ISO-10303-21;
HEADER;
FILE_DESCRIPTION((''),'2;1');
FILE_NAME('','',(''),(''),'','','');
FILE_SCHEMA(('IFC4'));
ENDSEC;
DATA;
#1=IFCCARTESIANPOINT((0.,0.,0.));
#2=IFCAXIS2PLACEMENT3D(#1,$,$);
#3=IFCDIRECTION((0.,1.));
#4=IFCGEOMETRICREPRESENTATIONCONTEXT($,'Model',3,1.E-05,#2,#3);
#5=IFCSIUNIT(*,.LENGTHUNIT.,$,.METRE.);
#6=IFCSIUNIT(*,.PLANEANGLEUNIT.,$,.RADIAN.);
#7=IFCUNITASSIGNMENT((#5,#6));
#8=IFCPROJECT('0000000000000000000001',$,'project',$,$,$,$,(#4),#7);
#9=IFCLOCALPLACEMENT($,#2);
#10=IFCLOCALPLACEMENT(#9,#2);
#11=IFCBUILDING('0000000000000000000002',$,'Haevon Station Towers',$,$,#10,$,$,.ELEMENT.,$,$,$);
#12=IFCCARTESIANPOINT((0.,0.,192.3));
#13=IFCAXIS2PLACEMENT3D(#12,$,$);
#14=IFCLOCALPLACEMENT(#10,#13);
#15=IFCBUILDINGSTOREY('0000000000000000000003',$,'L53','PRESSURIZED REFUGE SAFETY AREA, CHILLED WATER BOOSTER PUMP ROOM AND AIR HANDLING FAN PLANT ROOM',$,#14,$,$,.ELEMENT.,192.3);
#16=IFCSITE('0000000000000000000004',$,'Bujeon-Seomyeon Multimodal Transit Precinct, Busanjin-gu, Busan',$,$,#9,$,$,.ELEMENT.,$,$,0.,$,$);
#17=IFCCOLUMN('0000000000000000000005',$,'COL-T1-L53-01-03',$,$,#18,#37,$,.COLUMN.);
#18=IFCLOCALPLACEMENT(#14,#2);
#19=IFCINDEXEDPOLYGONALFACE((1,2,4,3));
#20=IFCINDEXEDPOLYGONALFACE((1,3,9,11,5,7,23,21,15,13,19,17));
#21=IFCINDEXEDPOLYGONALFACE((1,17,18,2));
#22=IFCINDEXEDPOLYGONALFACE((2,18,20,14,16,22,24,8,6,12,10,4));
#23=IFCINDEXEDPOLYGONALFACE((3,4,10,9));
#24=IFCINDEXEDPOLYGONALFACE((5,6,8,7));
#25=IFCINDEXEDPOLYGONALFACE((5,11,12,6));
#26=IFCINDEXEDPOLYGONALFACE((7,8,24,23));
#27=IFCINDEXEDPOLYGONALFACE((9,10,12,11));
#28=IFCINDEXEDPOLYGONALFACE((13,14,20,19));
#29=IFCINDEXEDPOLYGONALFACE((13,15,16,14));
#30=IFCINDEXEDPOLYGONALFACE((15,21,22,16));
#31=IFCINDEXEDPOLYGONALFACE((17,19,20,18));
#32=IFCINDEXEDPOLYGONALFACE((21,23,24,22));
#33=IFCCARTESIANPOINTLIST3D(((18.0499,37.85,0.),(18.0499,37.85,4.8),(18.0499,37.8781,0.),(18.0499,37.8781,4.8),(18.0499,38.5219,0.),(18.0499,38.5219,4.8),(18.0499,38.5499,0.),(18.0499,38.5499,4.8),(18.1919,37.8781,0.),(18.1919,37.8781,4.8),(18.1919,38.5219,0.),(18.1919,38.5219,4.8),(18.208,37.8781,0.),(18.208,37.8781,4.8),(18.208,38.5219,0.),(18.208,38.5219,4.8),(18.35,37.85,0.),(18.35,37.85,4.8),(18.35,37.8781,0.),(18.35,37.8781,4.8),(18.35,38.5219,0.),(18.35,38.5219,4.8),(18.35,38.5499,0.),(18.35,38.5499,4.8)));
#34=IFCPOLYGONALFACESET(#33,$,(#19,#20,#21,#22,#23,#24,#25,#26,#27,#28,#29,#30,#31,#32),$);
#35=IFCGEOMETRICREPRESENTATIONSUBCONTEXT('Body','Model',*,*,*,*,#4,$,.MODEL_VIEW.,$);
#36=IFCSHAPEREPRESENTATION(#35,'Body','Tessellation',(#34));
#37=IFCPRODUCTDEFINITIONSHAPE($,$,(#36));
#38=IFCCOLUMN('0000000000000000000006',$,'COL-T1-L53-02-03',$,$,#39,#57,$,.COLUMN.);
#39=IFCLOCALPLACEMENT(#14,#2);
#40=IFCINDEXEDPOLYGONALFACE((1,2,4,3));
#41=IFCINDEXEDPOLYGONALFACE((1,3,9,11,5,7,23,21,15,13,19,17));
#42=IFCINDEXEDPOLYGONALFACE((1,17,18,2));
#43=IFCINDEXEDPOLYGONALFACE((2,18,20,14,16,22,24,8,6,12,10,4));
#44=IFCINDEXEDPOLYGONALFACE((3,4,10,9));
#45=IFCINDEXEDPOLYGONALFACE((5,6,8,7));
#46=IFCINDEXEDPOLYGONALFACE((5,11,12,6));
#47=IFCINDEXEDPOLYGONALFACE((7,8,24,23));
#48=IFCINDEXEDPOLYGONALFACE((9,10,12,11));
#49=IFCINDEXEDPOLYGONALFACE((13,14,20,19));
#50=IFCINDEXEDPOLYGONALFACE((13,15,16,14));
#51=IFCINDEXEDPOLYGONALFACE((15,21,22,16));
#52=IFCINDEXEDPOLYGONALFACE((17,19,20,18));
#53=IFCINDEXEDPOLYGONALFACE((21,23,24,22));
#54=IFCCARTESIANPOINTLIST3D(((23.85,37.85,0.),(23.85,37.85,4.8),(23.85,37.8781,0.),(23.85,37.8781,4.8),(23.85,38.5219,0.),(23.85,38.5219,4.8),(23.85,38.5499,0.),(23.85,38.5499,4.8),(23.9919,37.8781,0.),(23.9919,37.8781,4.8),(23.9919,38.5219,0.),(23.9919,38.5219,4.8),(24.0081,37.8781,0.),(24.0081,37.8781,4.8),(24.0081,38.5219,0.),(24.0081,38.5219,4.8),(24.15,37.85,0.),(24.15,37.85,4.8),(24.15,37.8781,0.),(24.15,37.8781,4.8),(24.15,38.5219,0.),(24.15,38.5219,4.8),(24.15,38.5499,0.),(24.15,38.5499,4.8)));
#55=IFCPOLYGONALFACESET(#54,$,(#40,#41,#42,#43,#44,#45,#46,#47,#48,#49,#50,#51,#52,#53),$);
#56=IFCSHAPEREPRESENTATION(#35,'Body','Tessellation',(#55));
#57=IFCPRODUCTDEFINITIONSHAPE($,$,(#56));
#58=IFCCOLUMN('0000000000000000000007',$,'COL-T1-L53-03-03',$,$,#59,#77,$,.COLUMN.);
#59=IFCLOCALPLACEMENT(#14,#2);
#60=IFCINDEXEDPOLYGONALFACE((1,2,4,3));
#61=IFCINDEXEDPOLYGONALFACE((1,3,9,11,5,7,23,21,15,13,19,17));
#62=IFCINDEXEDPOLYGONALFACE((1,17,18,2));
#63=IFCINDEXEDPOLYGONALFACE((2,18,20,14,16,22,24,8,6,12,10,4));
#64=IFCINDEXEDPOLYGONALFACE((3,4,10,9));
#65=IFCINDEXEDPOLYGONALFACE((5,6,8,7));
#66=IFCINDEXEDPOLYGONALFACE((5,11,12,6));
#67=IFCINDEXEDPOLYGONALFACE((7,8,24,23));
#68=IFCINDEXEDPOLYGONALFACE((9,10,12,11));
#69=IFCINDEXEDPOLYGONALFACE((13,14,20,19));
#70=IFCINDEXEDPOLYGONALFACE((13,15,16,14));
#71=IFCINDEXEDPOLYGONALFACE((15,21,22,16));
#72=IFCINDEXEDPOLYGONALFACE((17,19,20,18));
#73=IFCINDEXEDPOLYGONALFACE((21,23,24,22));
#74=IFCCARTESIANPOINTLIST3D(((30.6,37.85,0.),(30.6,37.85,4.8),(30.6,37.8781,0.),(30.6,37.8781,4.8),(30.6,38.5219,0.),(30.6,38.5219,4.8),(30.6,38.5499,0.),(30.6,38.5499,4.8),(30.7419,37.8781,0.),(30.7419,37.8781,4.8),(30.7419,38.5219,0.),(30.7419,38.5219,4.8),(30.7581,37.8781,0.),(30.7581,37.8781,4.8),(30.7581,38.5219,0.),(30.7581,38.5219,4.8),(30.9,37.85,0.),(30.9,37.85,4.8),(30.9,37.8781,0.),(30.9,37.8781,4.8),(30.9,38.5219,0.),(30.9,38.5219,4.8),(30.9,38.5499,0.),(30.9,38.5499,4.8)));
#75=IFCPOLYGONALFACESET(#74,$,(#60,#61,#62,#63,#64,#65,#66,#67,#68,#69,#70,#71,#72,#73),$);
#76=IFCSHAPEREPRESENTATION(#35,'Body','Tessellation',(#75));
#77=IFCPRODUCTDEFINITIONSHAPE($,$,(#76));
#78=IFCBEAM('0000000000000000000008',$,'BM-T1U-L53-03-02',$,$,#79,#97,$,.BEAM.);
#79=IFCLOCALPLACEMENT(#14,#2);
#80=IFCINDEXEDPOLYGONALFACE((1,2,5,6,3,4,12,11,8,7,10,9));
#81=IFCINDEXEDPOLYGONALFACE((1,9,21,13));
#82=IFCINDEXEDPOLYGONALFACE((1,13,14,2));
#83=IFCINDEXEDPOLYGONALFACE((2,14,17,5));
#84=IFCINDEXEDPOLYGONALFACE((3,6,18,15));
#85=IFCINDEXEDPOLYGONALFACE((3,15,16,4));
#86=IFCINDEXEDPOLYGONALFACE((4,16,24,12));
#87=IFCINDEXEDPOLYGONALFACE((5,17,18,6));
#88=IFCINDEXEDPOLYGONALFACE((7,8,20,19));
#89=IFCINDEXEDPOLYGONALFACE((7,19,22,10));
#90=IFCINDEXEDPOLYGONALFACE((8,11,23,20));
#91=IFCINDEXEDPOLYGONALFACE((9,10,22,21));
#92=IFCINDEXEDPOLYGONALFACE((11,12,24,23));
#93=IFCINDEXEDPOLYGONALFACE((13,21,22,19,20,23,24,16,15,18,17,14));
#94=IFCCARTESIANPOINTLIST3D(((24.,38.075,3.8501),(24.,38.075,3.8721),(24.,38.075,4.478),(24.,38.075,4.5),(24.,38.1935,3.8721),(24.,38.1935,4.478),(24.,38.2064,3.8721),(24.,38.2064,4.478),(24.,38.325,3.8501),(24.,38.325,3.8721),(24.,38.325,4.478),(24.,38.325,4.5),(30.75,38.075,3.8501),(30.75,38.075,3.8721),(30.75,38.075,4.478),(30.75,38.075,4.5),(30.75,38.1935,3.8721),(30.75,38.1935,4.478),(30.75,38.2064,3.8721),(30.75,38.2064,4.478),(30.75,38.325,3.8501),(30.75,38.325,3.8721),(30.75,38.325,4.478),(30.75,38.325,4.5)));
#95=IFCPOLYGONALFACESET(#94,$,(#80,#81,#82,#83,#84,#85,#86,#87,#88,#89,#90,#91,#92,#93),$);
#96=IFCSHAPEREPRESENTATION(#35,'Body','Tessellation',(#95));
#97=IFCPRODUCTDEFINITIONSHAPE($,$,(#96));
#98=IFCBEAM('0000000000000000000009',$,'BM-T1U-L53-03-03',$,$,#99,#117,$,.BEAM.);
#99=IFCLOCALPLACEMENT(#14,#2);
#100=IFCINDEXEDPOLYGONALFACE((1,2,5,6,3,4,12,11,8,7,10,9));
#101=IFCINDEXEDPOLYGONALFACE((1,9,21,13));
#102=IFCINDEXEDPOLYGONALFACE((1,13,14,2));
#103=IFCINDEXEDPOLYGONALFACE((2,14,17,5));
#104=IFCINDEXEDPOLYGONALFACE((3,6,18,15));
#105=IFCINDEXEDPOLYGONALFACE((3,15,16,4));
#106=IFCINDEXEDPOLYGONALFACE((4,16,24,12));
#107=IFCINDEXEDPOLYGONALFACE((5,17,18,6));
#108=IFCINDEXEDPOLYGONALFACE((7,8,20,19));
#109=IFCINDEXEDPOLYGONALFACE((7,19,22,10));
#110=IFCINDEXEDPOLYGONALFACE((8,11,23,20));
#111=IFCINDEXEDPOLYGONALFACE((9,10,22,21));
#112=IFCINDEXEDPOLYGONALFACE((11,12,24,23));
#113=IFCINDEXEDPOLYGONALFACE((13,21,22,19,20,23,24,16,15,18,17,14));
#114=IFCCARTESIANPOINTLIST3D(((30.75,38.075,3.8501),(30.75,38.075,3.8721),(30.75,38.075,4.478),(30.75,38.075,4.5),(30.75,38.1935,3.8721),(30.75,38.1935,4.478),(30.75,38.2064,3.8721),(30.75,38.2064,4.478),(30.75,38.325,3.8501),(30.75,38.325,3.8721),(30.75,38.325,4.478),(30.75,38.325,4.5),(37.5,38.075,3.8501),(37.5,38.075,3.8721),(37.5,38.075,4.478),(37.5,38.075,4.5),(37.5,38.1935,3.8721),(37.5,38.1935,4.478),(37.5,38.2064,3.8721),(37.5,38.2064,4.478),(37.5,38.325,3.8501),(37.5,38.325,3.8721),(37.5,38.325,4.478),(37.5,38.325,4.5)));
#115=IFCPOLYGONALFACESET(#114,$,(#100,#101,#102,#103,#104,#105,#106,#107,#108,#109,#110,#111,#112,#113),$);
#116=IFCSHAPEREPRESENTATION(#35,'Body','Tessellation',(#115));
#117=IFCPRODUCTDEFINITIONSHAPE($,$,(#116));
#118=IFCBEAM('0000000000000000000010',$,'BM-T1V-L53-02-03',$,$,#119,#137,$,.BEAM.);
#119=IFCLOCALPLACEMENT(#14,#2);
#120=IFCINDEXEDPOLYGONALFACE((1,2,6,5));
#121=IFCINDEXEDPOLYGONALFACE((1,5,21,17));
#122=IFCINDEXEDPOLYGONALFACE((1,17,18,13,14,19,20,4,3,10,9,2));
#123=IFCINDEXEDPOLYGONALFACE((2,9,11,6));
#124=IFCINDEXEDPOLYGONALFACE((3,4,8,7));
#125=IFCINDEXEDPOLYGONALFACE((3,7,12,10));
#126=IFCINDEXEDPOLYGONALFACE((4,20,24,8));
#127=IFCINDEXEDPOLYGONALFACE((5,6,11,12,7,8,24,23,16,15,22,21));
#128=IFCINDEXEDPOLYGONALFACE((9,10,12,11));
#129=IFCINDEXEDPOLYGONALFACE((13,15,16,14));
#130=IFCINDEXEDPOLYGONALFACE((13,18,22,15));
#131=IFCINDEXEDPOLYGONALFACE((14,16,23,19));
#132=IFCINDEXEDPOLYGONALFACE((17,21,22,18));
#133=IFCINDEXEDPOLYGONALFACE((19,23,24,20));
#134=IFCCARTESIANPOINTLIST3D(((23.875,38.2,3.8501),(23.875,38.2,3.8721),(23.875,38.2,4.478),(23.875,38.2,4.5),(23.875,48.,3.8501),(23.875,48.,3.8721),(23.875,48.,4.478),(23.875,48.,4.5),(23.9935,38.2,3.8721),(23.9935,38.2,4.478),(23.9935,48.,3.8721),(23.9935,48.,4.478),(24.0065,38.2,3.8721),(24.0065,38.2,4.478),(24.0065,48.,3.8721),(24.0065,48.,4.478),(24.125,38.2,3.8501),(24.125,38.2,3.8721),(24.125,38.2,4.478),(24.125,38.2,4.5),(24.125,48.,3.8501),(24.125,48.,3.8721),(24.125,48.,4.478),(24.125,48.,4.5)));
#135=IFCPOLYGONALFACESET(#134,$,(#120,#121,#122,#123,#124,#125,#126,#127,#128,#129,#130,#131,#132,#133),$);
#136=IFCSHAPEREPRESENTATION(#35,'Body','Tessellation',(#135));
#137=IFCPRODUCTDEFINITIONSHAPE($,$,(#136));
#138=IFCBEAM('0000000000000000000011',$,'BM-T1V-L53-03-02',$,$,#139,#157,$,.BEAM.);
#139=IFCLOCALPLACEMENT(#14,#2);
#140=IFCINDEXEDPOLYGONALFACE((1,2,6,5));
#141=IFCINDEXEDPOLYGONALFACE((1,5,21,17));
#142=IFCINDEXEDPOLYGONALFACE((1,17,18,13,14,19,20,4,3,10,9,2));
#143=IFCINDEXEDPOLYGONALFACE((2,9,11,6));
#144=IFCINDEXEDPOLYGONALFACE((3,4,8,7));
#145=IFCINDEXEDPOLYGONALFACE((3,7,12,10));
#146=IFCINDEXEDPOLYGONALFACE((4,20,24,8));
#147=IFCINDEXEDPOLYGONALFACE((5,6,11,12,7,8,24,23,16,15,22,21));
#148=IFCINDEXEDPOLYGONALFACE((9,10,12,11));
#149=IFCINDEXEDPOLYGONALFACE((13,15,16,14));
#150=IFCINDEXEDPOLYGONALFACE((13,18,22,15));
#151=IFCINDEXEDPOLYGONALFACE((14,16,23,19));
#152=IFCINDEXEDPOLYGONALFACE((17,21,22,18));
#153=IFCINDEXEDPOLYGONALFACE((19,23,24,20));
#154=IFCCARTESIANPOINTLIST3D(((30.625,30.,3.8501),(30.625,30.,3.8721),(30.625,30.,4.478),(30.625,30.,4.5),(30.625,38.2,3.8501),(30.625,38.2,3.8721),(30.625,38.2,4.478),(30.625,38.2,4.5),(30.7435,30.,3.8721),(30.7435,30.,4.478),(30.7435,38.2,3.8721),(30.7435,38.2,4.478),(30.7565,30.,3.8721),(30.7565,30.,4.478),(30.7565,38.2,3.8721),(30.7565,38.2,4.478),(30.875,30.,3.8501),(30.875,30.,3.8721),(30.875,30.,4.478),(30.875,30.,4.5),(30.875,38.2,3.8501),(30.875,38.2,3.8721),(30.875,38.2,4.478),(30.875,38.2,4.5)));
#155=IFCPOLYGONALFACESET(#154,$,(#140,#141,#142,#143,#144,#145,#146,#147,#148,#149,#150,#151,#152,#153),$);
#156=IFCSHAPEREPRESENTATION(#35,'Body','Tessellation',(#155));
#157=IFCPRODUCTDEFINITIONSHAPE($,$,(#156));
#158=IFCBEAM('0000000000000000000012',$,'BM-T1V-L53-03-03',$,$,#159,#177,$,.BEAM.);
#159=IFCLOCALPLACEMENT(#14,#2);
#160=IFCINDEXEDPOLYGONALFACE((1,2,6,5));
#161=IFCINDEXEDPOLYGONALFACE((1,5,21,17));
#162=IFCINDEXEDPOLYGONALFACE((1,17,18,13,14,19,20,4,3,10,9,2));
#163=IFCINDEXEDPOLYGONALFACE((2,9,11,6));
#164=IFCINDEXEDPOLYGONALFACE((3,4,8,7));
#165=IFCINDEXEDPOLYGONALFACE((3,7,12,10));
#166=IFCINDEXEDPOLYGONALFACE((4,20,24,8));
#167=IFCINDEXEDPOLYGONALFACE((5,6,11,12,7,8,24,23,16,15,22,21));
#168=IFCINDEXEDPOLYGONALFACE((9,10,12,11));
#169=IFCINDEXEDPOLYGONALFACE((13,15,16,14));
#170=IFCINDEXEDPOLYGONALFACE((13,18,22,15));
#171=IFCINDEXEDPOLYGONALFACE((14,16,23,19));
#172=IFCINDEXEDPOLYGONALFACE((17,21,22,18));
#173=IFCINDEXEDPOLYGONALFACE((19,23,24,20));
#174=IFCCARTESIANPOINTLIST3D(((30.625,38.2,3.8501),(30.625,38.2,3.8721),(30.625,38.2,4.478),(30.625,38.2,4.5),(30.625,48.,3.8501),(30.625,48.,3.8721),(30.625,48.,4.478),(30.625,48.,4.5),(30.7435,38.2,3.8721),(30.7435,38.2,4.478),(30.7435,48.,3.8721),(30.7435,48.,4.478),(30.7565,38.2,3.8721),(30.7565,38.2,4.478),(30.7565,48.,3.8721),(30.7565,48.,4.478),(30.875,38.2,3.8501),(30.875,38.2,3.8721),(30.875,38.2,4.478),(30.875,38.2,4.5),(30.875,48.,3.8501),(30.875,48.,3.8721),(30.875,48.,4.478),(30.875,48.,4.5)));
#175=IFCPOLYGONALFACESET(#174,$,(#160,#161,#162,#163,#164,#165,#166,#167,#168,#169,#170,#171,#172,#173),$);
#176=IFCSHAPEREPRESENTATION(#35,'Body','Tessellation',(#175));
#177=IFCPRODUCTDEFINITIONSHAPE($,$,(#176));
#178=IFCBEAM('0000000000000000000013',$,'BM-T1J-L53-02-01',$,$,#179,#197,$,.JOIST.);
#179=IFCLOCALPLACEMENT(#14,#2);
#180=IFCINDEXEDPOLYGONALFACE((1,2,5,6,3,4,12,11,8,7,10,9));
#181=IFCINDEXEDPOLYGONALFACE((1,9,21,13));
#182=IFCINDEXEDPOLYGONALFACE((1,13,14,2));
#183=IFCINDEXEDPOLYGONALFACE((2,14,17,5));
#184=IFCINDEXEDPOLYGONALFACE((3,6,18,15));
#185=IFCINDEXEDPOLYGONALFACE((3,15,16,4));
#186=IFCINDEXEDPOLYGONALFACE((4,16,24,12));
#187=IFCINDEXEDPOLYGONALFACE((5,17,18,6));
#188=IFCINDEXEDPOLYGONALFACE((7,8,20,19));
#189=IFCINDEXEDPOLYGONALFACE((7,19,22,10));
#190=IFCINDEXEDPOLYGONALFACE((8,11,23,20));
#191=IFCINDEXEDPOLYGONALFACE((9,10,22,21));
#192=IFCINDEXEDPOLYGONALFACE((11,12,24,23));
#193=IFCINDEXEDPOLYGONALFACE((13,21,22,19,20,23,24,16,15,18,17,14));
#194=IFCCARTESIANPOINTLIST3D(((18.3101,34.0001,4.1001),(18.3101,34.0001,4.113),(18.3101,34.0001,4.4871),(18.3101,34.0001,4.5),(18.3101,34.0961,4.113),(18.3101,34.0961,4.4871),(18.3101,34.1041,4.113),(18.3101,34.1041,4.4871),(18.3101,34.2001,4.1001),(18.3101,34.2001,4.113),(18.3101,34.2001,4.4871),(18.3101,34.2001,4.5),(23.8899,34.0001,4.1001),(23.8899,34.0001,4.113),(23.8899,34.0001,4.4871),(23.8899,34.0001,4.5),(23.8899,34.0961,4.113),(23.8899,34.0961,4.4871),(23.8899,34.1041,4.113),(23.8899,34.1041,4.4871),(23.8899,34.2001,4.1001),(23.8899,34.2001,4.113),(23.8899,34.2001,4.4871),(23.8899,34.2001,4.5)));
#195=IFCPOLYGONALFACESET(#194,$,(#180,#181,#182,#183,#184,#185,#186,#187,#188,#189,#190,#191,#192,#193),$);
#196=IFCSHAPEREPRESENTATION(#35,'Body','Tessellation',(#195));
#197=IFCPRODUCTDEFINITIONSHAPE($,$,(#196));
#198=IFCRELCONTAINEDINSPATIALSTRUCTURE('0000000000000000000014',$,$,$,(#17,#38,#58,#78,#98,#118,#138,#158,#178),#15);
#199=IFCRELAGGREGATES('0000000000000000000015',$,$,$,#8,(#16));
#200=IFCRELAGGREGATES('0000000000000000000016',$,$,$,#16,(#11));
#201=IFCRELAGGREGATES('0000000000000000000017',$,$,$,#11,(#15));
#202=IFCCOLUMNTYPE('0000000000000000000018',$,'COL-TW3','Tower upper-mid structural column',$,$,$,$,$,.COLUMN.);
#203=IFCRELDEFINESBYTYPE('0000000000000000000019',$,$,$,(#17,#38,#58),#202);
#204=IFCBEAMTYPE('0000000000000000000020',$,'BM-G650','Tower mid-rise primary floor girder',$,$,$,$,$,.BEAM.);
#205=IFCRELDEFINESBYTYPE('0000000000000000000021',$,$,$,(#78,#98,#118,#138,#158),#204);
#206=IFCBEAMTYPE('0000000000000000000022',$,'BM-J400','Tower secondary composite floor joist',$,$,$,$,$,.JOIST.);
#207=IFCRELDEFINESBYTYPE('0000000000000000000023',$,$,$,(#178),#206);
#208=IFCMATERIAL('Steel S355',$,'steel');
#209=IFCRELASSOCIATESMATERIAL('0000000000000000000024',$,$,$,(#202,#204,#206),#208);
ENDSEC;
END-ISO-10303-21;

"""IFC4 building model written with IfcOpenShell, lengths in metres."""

from ifc_helpers import new_model, si_unit, direction, frame, origin, origin_2d, place, context, subcontext, project, spatial, i_section, extrude, material, material_profile, profile_set, type_object, element, save


model = new_model("IFC4")

# Units and contexts
model_context = context("Model", 3, precision=1e-05, world=origin(), true_north=direction((0.0, 1.0)))
body_context = subcontext(model_context, "Body", "Model", "MODEL_VIEW")
ifc_project = project(units=[si_unit("LENGTHUNIT", "METRE"), si_unit("PLANEANGLEUNIT", "RADIAN")], contexts=[model_context])

# Site, building, storey
site_placement = place(None, origin())
site = spatial("IfcSite", under=ifc_project, at=site_placement, Name="Bujeon-Seomyeon Multimodal Transit Precinct, Busanjin-gu, Busan", CompositionType="ELEMENT", RefElevation=0.0)
building_placement = place(site_placement, origin())
building = spatial("IfcBuilding", under=site, at=building_placement, Name="Haevon Station Towers", CompositionType="ELEMENT")
storey_placement = place(building_placement, frame((0.0, 0.0, 192.3)))
storey = spatial("IfcBuildingStorey", under=building, at=storey_placement, Name="L53", Description="PRESSURIZED REFUGE SAFETY AREA, CHILLED WATER BOOSTER PUMP ROOM AND AIR HANDLING FAN PLANT ROOM", CompositionType="ELEMENT", Elevation=192.3)

# Columns
ifc_material_1 = material(Name="Steel S355", Category="steel")
ifc_material_profile_1 = material_profile(ifc_material_1, i_section(OverallWidth=0.3, OverallDepth=0.7, WebThickness=0.0161, FlangeThickness=0.0281, at=origin_2d()), Name="H-700x300x16x28")
ifc_profile_set_1 = profile_set([ifc_material_profile_1], Name="Steel S355")
column_type = type_object("IfcColumnType", Name="COL-TW3", Description="Tower upper-mid structural column", PredefinedType="COLUMN", material=ifc_profile_set_1)
for number, where, z_axis, x_axis, name in (
    (1, (18.2, 38.2, 0.0), (0.0, 0.0, 1.0), (1.0, 0.0, 0.0), "COL-T1-L53-01-03"),
    (2, (24.0, 38.2, 0.0), (0.0, 0.0, 1.0), (1.0, 0.0, 0.0), "COL-T1-L53-02-03"),
    (3, (30.75, 38.2, 0.0), (0.0, 0.0, 1.0), (1.0, 0.0, 0.0), "COL-T1-L53-03-03"),
):
    element("IfcColumn", number, at=place(storey_placement, frame(where, z_axis=z_axis, x_axis=x_axis)), inside=storey, type_object=column_type, Name=name, PredefinedType="COLUMN", context=body_context, shape_type="SweptSolid", body=[
        extrude(i_section(OverallWidth=0.3, OverallDepth=0.7, WebThickness=0.0161, FlangeThickness=0.0281, at=origin_2d()), origin(), (0.0, 0.0, 1.0), 4.8),
    ])

# Beams
ifc_material_profile_2 = material_profile(ifc_material_1, i_section(OverallWidth=0.25, OverallDepth=0.6499, WebThickness=0.0129, FlangeThickness=0.022, at=origin_2d()), Name="H-650x250x13x22")
ifc_profile_set_2 = profile_set([ifc_material_profile_2], Name="Steel S355")
beam_type_1 = type_object("IfcBeamType", Name="BM-G650", Description="Tower mid-rise primary floor girder", PredefinedType="BEAM", material=ifc_profile_set_2)
for number, where, z_axis, x_axis, name in (
    (4, (24.0, 38.2, 4.175), (1.0, 0.0, 0.0), (0.0, 1.0, 0.0), "BM-T1U-L53-03-02"),
    (5, (30.75, 38.2, 4.175), (1.0, 0.0, 0.0), (0.0, 1.0, 0.0), "BM-T1U-L53-03-03"),
):
    element("IfcBeam", number, at=place(storey_placement, frame(where, z_axis=z_axis, x_axis=x_axis)), inside=storey, type_object=beam_type_1, Name=name, PredefinedType="BEAM", context=body_context, shape_type="SweptSolid", body=[
        extrude(i_section(OverallWidth=0.25, OverallDepth=0.6499, WebThickness=0.0129, FlangeThickness=0.022, at=origin_2d()), origin(), (0.0, 0.0, 1.0), 6.75),
    ])
beam_1_placement = place(storey_placement, frame((24.0, 38.2, 4.175), z_axis=(0.0, 1.0, 0.0), x_axis=(-1.0, 0.0, 0.0)))
element("IfcBeam", 6, at=beam_1_placement, inside=storey, type_object=beam_type_1, Name="BM-T1V-L53-02-03", PredefinedType="BEAM", context=body_context, shape_type="SweptSolid", body=[
    extrude(i_section(OverallWidth=0.25, OverallDepth=0.6499, WebThickness=0.0129, FlangeThickness=0.022, at=origin_2d()), origin(), (0.0, 0.0, 1.0), 9.8),
])
beam_2_placement = place(storey_placement, frame((30.75, 30.0, 4.175), z_axis=(0.0, 1.0, 0.0), x_axis=(-1.0, 0.0, 0.0)))
element("IfcBeam", 7, at=beam_2_placement, inside=storey, type_object=beam_type_1, Name="BM-T1V-L53-03-02", PredefinedType="BEAM", context=body_context, shape_type="SweptSolid", body=[
    extrude(i_section(OverallWidth=0.25, OverallDepth=0.6499, WebThickness=0.0129, FlangeThickness=0.022, at=origin_2d()), origin(), (0.0, 0.0, 1.0), 8.2),
])
beam_3_placement = place(storey_placement, frame((30.75, 38.2, 4.175), z_axis=(0.0, 1.0, 0.0), x_axis=(-1.0, 0.0, 0.0)))
element("IfcBeam", 8, at=beam_3_placement, inside=storey, type_object=beam_type_1, Name="BM-T1V-L53-03-03", PredefinedType="BEAM", context=body_context, shape_type="SweptSolid", body=[
    extrude(i_section(OverallWidth=0.25, OverallDepth=0.6499, WebThickness=0.0129, FlangeThickness=0.022, at=origin_2d()), origin(), (0.0, 0.0, 1.0), 9.8),
])
ifc_material_profile_3 = material_profile(ifc_material_1, i_section(OverallWidth=0.2, OverallDepth=0.3999, WebThickness=0.0081, FlangeThickness=0.0129, at=origin_2d()), Name="H-400x200x8x13")
ifc_profile_set_3 = profile_set([ifc_material_profile_3], Name="Steel S355")
beam_type_2 = type_object("IfcBeamType", Name="BM-J400", Description="Tower secondary composite floor joist", PredefinedType="JOIST", material=ifc_profile_set_3)
beam_4_placement = place(storey_placement, frame((18.3101, 34.1001, 4.3), z_axis=(1.0, 0.0, 0.0), x_axis=(0.0, 1.0, 0.0)))
element("IfcBeam", 9, at=beam_4_placement, inside=storey, type_object=beam_type_2, Name="BM-T1J-L53-02-01", PredefinedType="JOIST", context=body_context, shape_type="SweptSolid", body=[
    extrude(i_section(OverallWidth=0.2, OverallDepth=0.3999, WebThickness=0.0081, FlangeThickness=0.0129, at=origin_2d()), origin(), (0.0, 0.0, 1.0), 5.5798),
])

save(model, "model.ifc")
